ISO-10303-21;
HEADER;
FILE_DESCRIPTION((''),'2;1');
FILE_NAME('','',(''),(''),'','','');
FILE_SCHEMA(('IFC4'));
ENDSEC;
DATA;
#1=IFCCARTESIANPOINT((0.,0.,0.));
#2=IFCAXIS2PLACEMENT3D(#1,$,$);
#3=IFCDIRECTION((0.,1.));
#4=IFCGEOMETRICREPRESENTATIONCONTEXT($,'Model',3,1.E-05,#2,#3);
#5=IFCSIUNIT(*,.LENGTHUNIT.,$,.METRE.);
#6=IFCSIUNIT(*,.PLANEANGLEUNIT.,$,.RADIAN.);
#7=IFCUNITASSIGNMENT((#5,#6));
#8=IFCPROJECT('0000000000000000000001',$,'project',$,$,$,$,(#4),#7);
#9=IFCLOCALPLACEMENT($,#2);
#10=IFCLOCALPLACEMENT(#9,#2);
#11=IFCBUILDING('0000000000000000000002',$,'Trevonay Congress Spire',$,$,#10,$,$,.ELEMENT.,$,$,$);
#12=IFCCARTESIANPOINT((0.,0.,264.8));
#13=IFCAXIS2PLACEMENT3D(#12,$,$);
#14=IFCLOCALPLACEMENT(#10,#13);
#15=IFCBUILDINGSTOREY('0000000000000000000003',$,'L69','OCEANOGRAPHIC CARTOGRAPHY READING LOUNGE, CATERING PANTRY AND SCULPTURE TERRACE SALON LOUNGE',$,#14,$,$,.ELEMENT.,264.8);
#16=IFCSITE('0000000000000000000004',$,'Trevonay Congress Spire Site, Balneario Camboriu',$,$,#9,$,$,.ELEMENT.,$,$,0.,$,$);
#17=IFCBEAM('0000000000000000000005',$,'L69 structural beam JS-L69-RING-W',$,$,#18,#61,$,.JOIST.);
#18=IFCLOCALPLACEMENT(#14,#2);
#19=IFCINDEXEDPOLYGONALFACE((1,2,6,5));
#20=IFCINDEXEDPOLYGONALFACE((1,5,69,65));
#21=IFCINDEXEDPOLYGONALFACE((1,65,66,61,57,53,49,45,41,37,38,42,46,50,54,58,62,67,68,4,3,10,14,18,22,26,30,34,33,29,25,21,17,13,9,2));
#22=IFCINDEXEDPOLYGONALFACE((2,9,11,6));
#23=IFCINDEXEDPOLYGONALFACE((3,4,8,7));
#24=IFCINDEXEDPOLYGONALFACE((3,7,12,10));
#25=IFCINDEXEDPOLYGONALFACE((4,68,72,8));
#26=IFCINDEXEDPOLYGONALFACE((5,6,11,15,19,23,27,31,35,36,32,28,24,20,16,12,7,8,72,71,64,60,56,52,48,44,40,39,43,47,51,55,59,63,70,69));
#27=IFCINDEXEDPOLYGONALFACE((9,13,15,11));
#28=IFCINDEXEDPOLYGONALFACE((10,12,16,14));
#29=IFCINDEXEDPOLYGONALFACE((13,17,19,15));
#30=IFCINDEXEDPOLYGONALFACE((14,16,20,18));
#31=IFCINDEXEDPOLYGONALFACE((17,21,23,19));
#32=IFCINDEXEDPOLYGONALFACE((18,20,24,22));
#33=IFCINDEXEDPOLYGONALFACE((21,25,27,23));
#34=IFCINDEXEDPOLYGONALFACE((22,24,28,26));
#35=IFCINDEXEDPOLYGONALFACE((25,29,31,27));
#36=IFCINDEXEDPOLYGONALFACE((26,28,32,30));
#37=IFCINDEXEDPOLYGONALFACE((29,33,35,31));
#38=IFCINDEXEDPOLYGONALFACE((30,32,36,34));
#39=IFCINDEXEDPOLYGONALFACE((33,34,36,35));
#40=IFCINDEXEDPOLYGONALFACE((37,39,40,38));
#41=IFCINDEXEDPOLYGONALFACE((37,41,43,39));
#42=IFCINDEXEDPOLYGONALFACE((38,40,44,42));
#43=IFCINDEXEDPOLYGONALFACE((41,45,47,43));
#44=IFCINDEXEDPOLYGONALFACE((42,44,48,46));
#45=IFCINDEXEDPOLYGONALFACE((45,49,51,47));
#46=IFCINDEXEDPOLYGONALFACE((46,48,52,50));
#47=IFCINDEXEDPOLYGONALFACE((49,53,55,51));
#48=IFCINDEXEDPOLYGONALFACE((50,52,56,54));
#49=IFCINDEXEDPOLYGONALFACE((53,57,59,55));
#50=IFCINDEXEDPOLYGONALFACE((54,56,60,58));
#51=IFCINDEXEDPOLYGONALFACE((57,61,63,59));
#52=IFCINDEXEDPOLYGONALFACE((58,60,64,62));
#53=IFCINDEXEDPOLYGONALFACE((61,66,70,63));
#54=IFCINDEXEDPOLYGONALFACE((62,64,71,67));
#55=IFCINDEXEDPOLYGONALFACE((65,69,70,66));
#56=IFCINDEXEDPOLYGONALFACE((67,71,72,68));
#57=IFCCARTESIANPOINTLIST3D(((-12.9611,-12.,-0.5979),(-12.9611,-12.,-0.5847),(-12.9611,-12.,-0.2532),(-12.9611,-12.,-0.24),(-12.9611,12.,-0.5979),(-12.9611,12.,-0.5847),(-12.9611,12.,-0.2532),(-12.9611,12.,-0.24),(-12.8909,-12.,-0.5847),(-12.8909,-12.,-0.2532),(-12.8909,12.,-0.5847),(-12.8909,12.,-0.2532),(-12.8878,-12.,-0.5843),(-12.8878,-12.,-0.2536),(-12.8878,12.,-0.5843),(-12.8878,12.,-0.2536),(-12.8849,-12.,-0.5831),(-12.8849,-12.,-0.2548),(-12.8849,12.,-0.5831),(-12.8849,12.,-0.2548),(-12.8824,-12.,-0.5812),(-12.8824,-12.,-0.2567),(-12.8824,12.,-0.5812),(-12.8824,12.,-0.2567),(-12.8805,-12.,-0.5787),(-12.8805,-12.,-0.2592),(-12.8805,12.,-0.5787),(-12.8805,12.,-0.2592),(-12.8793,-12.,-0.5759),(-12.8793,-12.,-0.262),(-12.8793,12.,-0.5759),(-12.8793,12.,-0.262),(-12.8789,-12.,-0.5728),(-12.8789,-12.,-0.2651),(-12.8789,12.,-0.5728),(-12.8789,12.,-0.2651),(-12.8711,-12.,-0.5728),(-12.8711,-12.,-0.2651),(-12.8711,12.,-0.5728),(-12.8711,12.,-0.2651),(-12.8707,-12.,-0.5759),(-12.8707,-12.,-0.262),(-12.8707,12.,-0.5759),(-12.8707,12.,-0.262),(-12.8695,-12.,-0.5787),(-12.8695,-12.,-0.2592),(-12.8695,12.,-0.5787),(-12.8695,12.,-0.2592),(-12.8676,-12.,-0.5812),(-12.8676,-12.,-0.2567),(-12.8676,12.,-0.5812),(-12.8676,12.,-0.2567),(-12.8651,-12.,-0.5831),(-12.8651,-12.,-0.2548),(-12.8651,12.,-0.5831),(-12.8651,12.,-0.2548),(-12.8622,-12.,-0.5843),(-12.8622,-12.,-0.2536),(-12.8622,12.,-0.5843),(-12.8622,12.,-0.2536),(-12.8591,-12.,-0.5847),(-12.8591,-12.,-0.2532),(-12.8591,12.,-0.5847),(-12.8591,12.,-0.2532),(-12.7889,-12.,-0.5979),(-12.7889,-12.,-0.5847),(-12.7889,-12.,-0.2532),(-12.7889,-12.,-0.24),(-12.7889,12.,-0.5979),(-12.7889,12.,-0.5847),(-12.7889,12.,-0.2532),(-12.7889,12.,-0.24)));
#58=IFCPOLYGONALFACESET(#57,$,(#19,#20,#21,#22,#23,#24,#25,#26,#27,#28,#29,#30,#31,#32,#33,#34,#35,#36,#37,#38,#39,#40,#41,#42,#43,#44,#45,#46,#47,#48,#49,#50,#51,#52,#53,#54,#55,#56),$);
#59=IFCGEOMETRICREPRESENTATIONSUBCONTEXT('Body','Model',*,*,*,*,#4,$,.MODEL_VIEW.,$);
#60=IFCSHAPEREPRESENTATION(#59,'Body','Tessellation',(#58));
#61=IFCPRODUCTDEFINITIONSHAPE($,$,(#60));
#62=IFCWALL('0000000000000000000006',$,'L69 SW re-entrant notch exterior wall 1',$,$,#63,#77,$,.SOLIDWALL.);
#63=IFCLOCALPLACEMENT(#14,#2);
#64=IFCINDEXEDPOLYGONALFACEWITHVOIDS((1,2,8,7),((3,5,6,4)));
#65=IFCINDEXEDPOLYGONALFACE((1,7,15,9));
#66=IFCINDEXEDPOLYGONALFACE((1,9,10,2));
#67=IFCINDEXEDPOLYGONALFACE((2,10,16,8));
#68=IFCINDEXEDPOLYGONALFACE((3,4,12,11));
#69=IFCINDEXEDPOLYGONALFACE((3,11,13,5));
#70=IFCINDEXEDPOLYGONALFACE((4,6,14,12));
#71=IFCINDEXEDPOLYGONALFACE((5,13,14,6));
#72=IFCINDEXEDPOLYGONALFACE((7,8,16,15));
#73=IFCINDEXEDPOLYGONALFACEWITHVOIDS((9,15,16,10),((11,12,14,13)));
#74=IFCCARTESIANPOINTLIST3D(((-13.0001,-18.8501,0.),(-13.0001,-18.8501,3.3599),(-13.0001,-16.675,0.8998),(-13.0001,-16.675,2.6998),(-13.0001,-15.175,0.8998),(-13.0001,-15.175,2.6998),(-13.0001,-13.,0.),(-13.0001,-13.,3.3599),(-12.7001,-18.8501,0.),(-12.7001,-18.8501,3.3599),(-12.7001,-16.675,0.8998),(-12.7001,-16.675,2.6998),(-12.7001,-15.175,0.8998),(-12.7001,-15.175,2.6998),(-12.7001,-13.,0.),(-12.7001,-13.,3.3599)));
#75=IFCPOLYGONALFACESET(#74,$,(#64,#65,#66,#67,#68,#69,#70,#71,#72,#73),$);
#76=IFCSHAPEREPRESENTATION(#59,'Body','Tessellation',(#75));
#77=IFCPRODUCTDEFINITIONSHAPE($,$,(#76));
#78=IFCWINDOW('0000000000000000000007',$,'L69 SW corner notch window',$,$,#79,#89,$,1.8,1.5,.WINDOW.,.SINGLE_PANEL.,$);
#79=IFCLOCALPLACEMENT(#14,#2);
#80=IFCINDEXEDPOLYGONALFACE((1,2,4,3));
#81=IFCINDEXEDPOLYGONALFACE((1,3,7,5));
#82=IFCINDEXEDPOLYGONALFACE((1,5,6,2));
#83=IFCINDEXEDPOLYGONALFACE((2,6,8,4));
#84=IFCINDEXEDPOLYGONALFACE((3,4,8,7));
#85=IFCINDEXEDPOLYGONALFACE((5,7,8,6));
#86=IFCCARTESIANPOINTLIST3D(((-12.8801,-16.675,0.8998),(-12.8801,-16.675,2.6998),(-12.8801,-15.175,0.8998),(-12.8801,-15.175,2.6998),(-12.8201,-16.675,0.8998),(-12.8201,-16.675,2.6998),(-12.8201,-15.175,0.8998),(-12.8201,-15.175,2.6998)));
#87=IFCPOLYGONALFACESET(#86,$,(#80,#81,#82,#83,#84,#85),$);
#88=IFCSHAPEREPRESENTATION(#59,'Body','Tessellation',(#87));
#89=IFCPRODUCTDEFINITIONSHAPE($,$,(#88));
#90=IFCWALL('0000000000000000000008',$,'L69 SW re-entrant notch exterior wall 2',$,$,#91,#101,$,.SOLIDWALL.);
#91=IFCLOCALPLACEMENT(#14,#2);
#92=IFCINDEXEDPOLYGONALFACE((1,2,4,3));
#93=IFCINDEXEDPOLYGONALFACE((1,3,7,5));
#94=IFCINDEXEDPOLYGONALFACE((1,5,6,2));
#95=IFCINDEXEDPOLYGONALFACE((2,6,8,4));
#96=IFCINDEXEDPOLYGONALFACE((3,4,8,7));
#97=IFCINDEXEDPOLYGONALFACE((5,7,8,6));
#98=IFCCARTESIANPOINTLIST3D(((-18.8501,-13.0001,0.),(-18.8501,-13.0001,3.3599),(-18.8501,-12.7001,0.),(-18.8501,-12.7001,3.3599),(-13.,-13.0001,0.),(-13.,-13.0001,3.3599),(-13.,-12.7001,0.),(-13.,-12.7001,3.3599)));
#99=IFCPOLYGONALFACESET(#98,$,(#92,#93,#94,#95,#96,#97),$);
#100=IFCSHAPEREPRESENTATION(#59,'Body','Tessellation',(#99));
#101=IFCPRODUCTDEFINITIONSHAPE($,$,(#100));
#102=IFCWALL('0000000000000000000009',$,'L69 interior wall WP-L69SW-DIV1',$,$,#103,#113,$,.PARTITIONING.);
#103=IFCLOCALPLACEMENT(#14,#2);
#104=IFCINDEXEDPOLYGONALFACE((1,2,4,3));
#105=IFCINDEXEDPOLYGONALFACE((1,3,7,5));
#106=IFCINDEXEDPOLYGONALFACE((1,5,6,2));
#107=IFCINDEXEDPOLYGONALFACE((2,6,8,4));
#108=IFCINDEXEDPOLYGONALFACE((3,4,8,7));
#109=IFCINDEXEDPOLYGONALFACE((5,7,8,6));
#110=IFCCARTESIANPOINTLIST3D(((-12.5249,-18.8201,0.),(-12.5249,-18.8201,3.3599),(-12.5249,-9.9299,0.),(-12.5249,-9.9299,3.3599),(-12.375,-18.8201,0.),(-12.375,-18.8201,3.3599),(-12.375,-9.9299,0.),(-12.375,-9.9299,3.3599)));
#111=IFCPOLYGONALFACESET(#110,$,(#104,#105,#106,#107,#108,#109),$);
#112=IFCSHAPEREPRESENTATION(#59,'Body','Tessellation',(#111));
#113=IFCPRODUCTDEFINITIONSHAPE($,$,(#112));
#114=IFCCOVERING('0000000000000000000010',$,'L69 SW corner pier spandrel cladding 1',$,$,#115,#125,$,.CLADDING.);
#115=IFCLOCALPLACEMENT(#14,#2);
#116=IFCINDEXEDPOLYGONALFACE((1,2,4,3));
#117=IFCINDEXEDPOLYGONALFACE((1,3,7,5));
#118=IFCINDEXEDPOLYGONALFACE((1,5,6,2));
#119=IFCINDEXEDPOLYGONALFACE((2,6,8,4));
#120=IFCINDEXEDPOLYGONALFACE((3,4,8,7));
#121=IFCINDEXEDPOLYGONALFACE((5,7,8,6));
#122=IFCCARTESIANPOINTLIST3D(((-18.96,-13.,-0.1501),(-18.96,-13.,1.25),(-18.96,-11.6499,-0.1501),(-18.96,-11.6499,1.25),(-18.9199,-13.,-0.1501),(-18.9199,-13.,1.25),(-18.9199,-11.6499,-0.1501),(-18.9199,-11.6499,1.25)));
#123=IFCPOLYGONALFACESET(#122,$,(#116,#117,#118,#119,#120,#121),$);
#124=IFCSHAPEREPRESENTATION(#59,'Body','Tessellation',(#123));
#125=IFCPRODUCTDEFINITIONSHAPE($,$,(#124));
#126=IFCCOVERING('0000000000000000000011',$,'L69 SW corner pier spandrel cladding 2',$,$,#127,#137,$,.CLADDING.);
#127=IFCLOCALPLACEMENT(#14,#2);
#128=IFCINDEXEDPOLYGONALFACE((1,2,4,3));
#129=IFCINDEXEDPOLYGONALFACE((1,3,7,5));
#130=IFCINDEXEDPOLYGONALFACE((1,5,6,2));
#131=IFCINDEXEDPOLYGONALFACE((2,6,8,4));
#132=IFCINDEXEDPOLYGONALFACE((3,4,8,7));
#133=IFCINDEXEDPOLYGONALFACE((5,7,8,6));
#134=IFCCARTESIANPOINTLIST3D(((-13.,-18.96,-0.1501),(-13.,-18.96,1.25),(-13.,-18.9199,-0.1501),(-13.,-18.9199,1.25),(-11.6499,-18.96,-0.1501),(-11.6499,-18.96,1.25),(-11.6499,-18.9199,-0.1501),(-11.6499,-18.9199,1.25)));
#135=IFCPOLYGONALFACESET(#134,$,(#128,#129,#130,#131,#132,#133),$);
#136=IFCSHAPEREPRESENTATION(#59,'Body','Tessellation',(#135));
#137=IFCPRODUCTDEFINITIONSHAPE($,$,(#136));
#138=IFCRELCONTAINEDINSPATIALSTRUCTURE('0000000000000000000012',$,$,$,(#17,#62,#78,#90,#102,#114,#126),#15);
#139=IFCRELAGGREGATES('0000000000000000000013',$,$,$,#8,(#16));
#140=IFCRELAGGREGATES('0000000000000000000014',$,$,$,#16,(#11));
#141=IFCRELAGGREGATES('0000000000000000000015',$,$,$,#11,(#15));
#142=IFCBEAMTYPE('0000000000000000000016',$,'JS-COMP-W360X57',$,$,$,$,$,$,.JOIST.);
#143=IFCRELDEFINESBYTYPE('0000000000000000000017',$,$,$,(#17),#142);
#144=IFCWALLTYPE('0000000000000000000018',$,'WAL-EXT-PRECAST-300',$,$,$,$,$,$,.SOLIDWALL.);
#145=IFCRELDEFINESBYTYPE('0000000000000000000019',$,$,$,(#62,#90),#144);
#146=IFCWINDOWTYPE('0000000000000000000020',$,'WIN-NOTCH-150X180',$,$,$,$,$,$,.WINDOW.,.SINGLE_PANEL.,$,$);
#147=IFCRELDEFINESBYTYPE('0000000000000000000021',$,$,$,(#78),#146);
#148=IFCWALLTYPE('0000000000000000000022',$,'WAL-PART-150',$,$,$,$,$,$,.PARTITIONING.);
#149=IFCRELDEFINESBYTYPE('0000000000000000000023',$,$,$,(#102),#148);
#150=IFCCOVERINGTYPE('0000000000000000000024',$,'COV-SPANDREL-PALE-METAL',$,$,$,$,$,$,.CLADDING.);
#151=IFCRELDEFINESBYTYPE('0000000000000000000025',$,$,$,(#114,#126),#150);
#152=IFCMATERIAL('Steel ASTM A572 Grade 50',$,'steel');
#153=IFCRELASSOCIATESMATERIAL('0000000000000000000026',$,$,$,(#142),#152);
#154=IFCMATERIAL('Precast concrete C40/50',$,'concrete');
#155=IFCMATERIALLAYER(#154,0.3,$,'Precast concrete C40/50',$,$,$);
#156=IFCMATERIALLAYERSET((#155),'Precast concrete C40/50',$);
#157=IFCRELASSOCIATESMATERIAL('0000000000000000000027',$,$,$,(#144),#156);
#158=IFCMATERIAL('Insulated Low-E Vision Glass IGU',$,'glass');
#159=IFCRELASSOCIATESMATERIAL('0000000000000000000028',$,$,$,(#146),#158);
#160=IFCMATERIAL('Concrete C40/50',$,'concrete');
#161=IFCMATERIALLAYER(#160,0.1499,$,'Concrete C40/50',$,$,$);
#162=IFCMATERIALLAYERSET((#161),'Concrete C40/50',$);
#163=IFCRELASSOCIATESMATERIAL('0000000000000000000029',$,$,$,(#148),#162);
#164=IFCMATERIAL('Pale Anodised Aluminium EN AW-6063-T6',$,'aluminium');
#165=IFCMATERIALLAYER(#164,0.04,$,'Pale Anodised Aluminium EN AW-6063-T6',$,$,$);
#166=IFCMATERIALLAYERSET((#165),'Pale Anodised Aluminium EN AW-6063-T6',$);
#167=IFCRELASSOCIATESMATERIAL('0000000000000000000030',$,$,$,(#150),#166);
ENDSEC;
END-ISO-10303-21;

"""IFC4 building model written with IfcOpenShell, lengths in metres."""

from ifc_helpers import new_model, si_unit, direction, frame, frame_2d, origin, origin_2d, place, context, subcontext, project, spatial, rectangle, i_section, extrude, material, layer, layer_set, material_profile, profile_set, type_object, element, fill, save


model = new_model("IFC4")

# Units and contexts
model_context = context("Model", 3, precision=1e-05, world=origin(), true_north=direction((0.0, 1.0)))
body_context = subcontext(model_context, "Body", "Model", "MODEL_VIEW")
ifc_project = project(units=[si_unit("LENGTHUNIT", "METRE"), si_unit("PLANEANGLEUNIT", "RADIAN")], contexts=[model_context])

# Site, building, storey
site_placement = place(None, origin())
site = spatial("IfcSite", under=ifc_project, at=site_placement, Name="Trevonay Congress Spire Site, Balneario Camboriu", CompositionType="ELEMENT", RefElevation=0.0)
building_placement = place(site_placement, origin())
building = spatial("IfcBuilding", under=site, at=building_placement, Name="Trevonay Congress Spire", CompositionType="ELEMENT")
storey_placement = place(building_placement, frame((0.0, 0.0, 264.8)))
storey = spatial("IfcBuildingStorey", under=building, at=storey_placement, Name="L69", Description="OCEANOGRAPHIC CARTOGRAPHY READING LOUNGE, CATERING PANTRY AND SCULPTURE TERRACE SALON LOUNGE", CompositionType="ELEMENT", Elevation=264.8)

# Shared definitions
ifc_material_1 = material(Name="Steel ASTM A572 Grade 50", Category="steel")

# Shared definitions
ifc_material_2 = material(Name="Pale Anodised Aluminium EN AW-6063-T6", Category="aluminium")

# Beam
ifc_material_profile_1 = material_profile(ifc_material_1, i_section(OverallWidth=0.1721, OverallDepth=0.3579, WebThickness=0.0078, FlangeThickness=0.0132, FilletRadius=0.012, at=origin_2d()), Name="W360x57.8")
ifc_profile_set_1 = profile_set([ifc_material_profile_1], Name="Steel ASTM A572 Grade 50")
beam_type_1 = type_object("IfcBeamType", Name="JS-COMP-W360X57", PredefinedType="JOIST", material=ifc_profile_set_1)
for number, where, z_axis, x_axis, name in (
    (1, (-12.875, -12.0, -0.4189), (0.0, 1.0, 0.0), (-1.0, 0.0, 0.0), "L69 structural beam JS-L69-RING-W"),
):
    element("IfcBeam", number, at=place(storey_placement, frame(where, z_axis=z_axis, x_axis=x_axis)), inside=storey, type_object=beam_type_1, Name=name, PredefinedType="JOIST", context=body_context, shape_type="SweptSolid", body=[
        extrude(i_section(OverallWidth=0.1721, OverallDepth=0.3579, WebThickness=0.0078, FlangeThickness=0.0132, FilletRadius=0.012, at=origin_2d()), origin(), (0.0, 0.0, 1.0), 24.0),
    ])

# Wall, opening, window
ifc_material_3 = material(Name="Precast concrete C40/50", Category="concrete")
ifc_layer_1 = layer(ifc_material_3, 0.3, Name="Precast concrete C40/50")
ifc_layer_set_1 = layer_set([ifc_layer_1], Name="Precast concrete C40/50")
wall_type_1 = type_object("IfcWallType", Name="WAL-EXT-PRECAST-300", PredefinedType="SOLIDWALL", material=ifc_layer_set_1)
wall_1_placement = place(storey_placement, frame((-12.8501, -18.8501, 0.0), z_axis=(0.0, 0.0, 1.0), x_axis=(0.0, 1.0, 0.0)))
wall_1 = element("IfcWall", 2, at=wall_1_placement, inside=storey, type_object=wall_type_1, Name="L69 SW re-entrant notch exterior wall 1", PredefinedType="SOLIDWALL", context=body_context, shape_type="SweptSolid", body=[
    extrude(rectangle(XDim=5.8501, YDim=0.3, at=frame_2d((2.925, 0.0))), origin(), (0.0, 0.0, 1.0), 3.3599),
])
opening_placement = place(wall_1_placement, frame((2.175, 0.0, 0.8999)))
opening = element("IfcOpeningElement", 3, at=opening_placement, cuts=wall_1, PredefinedType="OPENING", context=body_context, shape_type="SweptSolid", body=[
    extrude(rectangle(XDim=1.5, YDim=1.8, at=frame_2d((0.75, 0.8999))), frame((0.0, 0.1602, 0.0), z_axis=(0.0, -1.0, 0.0), x_axis=(1.0, 0.0, 0.0)), (0.0, 0.0, 1.0), 0.3201),
])
ifc_material_4 = material(Name="Insulated Low-E Vision Glass IGU", Category="glass")
window_type = type_object("IfcWindowType", Name="WIN-NOTCH-150X180", PartitioningType="SINGLE_PANEL", PredefinedType="WINDOW", material=ifc_material_4)
window_placement = place(opening_placement, origin())
window = element("IfcWindow", 4, at=window_placement, inside=storey, type_object=window_type, Name="L69 SW corner notch window", OverallHeight=1.8, OverallWidth=1.5, PartitioningType="SINGLE_PANEL", PredefinedType="WINDOW", context=body_context, shape_type="SweptSolid", body=[
    extrude(rectangle(XDim=1.5, YDim=1.8, at=frame_2d((0.75, 0.8999))), frame((0.0, 0.03, 0.0), z_axis=(0.0, -1.0, 0.0), x_axis=(1.0, 0.0, 0.0)), (0.0, 0.0, 1.0), 0.0601),
])
fill(opening, window)

# Walls
wall_2_placement = place(storey_placement, frame((-18.8501, -12.8501, 0.0), z_axis=(0.0, 0.0, 1.0), x_axis=(1.0, 0.0, 0.0)))
element("IfcWall", 5, at=wall_2_placement, inside=storey, type_object=wall_type_1, Name="L69 SW re-entrant notch exterior wall 2", PredefinedType="SOLIDWALL", context=body_context, shape_type="SweptSolid", body=[
    extrude(rectangle(XDim=5.8501, YDim=0.3, at=frame_2d((2.925, 0.0))), origin(), (0.0, 0.0, 1.0), 3.3599),
])
ifc_material_5 = material(Name="Concrete C40/50", Category="concrete")
ifc_layer_2 = layer(ifc_material_5, 0.1499, Name="Concrete C40/50")
ifc_layer_set_2 = layer_set([ifc_layer_2], Name="Concrete C40/50")
wall_type_2 = type_object("IfcWallType", Name="WAL-PART-150", PredefinedType="PARTITIONING", material=ifc_layer_set_2)
wall_3_placement = place(storey_placement, frame((-12.45, -18.8201, 0.0), z_axis=(0.0, 0.0, 1.0), x_axis=(0.0, 1.0, 0.0)))
element("IfcWall", 6, at=wall_3_placement, inside=storey, type_object=wall_type_2, Name="L69 interior wall WP-L69SW-DIV1", PredefinedType="PARTITIONING", context=body_context, shape_type="SweptSolid", body=[
    extrude(rectangle(XDim=8.8901, YDim=0.1499, at=frame_2d((4.4451, 0.0))), origin(), (0.0, 0.0, 1.0), 3.3599),
])

# Coverings
ifc_layer_3 = layer(ifc_material_2, 0.04, Name="Pale Anodised Aluminium EN AW-6063-T6")
ifc_layer_set_3 = layer_set([ifc_layer_3], Name="Pale Anodised Aluminium EN AW-6063-T6")
covering_type = type_object("IfcCoveringType", Name="COV-SPANDREL-PALE-METAL", PredefinedType="CLADDING", material=ifc_layer_set_3)
for number, where, z_axis, x_axis, name in (
    (7, (-18.9399, -11.6499, -0.1501), (0.0, 0.0, 1.0), (0.0, -1.0, 0.0), "L69 SW corner pier spandrel cladding 1"),
    (8, (-11.6499, -18.9399, -0.1501), (0.0, 0.0, 1.0), (-1.0, 0.0, 0.0), "L69 SW corner pier spandrel cladding 2"),
):
    element("IfcCovering", number, at=place(storey_placement, frame(where, z_axis=z_axis, x_axis=x_axis)), inside=storey, type_object=covering_type, Name=name, PredefinedType="CLADDING", context=body_context, shape_type="SweptSolid", body=[
        extrude(rectangle(XDim=1.3501, YDim=0.04, at=frame_2d((0.675, 0.0))), origin(), (0.0, 0.0, 1.0), 1.4001),
    ])

save(model, "model.ifc")
